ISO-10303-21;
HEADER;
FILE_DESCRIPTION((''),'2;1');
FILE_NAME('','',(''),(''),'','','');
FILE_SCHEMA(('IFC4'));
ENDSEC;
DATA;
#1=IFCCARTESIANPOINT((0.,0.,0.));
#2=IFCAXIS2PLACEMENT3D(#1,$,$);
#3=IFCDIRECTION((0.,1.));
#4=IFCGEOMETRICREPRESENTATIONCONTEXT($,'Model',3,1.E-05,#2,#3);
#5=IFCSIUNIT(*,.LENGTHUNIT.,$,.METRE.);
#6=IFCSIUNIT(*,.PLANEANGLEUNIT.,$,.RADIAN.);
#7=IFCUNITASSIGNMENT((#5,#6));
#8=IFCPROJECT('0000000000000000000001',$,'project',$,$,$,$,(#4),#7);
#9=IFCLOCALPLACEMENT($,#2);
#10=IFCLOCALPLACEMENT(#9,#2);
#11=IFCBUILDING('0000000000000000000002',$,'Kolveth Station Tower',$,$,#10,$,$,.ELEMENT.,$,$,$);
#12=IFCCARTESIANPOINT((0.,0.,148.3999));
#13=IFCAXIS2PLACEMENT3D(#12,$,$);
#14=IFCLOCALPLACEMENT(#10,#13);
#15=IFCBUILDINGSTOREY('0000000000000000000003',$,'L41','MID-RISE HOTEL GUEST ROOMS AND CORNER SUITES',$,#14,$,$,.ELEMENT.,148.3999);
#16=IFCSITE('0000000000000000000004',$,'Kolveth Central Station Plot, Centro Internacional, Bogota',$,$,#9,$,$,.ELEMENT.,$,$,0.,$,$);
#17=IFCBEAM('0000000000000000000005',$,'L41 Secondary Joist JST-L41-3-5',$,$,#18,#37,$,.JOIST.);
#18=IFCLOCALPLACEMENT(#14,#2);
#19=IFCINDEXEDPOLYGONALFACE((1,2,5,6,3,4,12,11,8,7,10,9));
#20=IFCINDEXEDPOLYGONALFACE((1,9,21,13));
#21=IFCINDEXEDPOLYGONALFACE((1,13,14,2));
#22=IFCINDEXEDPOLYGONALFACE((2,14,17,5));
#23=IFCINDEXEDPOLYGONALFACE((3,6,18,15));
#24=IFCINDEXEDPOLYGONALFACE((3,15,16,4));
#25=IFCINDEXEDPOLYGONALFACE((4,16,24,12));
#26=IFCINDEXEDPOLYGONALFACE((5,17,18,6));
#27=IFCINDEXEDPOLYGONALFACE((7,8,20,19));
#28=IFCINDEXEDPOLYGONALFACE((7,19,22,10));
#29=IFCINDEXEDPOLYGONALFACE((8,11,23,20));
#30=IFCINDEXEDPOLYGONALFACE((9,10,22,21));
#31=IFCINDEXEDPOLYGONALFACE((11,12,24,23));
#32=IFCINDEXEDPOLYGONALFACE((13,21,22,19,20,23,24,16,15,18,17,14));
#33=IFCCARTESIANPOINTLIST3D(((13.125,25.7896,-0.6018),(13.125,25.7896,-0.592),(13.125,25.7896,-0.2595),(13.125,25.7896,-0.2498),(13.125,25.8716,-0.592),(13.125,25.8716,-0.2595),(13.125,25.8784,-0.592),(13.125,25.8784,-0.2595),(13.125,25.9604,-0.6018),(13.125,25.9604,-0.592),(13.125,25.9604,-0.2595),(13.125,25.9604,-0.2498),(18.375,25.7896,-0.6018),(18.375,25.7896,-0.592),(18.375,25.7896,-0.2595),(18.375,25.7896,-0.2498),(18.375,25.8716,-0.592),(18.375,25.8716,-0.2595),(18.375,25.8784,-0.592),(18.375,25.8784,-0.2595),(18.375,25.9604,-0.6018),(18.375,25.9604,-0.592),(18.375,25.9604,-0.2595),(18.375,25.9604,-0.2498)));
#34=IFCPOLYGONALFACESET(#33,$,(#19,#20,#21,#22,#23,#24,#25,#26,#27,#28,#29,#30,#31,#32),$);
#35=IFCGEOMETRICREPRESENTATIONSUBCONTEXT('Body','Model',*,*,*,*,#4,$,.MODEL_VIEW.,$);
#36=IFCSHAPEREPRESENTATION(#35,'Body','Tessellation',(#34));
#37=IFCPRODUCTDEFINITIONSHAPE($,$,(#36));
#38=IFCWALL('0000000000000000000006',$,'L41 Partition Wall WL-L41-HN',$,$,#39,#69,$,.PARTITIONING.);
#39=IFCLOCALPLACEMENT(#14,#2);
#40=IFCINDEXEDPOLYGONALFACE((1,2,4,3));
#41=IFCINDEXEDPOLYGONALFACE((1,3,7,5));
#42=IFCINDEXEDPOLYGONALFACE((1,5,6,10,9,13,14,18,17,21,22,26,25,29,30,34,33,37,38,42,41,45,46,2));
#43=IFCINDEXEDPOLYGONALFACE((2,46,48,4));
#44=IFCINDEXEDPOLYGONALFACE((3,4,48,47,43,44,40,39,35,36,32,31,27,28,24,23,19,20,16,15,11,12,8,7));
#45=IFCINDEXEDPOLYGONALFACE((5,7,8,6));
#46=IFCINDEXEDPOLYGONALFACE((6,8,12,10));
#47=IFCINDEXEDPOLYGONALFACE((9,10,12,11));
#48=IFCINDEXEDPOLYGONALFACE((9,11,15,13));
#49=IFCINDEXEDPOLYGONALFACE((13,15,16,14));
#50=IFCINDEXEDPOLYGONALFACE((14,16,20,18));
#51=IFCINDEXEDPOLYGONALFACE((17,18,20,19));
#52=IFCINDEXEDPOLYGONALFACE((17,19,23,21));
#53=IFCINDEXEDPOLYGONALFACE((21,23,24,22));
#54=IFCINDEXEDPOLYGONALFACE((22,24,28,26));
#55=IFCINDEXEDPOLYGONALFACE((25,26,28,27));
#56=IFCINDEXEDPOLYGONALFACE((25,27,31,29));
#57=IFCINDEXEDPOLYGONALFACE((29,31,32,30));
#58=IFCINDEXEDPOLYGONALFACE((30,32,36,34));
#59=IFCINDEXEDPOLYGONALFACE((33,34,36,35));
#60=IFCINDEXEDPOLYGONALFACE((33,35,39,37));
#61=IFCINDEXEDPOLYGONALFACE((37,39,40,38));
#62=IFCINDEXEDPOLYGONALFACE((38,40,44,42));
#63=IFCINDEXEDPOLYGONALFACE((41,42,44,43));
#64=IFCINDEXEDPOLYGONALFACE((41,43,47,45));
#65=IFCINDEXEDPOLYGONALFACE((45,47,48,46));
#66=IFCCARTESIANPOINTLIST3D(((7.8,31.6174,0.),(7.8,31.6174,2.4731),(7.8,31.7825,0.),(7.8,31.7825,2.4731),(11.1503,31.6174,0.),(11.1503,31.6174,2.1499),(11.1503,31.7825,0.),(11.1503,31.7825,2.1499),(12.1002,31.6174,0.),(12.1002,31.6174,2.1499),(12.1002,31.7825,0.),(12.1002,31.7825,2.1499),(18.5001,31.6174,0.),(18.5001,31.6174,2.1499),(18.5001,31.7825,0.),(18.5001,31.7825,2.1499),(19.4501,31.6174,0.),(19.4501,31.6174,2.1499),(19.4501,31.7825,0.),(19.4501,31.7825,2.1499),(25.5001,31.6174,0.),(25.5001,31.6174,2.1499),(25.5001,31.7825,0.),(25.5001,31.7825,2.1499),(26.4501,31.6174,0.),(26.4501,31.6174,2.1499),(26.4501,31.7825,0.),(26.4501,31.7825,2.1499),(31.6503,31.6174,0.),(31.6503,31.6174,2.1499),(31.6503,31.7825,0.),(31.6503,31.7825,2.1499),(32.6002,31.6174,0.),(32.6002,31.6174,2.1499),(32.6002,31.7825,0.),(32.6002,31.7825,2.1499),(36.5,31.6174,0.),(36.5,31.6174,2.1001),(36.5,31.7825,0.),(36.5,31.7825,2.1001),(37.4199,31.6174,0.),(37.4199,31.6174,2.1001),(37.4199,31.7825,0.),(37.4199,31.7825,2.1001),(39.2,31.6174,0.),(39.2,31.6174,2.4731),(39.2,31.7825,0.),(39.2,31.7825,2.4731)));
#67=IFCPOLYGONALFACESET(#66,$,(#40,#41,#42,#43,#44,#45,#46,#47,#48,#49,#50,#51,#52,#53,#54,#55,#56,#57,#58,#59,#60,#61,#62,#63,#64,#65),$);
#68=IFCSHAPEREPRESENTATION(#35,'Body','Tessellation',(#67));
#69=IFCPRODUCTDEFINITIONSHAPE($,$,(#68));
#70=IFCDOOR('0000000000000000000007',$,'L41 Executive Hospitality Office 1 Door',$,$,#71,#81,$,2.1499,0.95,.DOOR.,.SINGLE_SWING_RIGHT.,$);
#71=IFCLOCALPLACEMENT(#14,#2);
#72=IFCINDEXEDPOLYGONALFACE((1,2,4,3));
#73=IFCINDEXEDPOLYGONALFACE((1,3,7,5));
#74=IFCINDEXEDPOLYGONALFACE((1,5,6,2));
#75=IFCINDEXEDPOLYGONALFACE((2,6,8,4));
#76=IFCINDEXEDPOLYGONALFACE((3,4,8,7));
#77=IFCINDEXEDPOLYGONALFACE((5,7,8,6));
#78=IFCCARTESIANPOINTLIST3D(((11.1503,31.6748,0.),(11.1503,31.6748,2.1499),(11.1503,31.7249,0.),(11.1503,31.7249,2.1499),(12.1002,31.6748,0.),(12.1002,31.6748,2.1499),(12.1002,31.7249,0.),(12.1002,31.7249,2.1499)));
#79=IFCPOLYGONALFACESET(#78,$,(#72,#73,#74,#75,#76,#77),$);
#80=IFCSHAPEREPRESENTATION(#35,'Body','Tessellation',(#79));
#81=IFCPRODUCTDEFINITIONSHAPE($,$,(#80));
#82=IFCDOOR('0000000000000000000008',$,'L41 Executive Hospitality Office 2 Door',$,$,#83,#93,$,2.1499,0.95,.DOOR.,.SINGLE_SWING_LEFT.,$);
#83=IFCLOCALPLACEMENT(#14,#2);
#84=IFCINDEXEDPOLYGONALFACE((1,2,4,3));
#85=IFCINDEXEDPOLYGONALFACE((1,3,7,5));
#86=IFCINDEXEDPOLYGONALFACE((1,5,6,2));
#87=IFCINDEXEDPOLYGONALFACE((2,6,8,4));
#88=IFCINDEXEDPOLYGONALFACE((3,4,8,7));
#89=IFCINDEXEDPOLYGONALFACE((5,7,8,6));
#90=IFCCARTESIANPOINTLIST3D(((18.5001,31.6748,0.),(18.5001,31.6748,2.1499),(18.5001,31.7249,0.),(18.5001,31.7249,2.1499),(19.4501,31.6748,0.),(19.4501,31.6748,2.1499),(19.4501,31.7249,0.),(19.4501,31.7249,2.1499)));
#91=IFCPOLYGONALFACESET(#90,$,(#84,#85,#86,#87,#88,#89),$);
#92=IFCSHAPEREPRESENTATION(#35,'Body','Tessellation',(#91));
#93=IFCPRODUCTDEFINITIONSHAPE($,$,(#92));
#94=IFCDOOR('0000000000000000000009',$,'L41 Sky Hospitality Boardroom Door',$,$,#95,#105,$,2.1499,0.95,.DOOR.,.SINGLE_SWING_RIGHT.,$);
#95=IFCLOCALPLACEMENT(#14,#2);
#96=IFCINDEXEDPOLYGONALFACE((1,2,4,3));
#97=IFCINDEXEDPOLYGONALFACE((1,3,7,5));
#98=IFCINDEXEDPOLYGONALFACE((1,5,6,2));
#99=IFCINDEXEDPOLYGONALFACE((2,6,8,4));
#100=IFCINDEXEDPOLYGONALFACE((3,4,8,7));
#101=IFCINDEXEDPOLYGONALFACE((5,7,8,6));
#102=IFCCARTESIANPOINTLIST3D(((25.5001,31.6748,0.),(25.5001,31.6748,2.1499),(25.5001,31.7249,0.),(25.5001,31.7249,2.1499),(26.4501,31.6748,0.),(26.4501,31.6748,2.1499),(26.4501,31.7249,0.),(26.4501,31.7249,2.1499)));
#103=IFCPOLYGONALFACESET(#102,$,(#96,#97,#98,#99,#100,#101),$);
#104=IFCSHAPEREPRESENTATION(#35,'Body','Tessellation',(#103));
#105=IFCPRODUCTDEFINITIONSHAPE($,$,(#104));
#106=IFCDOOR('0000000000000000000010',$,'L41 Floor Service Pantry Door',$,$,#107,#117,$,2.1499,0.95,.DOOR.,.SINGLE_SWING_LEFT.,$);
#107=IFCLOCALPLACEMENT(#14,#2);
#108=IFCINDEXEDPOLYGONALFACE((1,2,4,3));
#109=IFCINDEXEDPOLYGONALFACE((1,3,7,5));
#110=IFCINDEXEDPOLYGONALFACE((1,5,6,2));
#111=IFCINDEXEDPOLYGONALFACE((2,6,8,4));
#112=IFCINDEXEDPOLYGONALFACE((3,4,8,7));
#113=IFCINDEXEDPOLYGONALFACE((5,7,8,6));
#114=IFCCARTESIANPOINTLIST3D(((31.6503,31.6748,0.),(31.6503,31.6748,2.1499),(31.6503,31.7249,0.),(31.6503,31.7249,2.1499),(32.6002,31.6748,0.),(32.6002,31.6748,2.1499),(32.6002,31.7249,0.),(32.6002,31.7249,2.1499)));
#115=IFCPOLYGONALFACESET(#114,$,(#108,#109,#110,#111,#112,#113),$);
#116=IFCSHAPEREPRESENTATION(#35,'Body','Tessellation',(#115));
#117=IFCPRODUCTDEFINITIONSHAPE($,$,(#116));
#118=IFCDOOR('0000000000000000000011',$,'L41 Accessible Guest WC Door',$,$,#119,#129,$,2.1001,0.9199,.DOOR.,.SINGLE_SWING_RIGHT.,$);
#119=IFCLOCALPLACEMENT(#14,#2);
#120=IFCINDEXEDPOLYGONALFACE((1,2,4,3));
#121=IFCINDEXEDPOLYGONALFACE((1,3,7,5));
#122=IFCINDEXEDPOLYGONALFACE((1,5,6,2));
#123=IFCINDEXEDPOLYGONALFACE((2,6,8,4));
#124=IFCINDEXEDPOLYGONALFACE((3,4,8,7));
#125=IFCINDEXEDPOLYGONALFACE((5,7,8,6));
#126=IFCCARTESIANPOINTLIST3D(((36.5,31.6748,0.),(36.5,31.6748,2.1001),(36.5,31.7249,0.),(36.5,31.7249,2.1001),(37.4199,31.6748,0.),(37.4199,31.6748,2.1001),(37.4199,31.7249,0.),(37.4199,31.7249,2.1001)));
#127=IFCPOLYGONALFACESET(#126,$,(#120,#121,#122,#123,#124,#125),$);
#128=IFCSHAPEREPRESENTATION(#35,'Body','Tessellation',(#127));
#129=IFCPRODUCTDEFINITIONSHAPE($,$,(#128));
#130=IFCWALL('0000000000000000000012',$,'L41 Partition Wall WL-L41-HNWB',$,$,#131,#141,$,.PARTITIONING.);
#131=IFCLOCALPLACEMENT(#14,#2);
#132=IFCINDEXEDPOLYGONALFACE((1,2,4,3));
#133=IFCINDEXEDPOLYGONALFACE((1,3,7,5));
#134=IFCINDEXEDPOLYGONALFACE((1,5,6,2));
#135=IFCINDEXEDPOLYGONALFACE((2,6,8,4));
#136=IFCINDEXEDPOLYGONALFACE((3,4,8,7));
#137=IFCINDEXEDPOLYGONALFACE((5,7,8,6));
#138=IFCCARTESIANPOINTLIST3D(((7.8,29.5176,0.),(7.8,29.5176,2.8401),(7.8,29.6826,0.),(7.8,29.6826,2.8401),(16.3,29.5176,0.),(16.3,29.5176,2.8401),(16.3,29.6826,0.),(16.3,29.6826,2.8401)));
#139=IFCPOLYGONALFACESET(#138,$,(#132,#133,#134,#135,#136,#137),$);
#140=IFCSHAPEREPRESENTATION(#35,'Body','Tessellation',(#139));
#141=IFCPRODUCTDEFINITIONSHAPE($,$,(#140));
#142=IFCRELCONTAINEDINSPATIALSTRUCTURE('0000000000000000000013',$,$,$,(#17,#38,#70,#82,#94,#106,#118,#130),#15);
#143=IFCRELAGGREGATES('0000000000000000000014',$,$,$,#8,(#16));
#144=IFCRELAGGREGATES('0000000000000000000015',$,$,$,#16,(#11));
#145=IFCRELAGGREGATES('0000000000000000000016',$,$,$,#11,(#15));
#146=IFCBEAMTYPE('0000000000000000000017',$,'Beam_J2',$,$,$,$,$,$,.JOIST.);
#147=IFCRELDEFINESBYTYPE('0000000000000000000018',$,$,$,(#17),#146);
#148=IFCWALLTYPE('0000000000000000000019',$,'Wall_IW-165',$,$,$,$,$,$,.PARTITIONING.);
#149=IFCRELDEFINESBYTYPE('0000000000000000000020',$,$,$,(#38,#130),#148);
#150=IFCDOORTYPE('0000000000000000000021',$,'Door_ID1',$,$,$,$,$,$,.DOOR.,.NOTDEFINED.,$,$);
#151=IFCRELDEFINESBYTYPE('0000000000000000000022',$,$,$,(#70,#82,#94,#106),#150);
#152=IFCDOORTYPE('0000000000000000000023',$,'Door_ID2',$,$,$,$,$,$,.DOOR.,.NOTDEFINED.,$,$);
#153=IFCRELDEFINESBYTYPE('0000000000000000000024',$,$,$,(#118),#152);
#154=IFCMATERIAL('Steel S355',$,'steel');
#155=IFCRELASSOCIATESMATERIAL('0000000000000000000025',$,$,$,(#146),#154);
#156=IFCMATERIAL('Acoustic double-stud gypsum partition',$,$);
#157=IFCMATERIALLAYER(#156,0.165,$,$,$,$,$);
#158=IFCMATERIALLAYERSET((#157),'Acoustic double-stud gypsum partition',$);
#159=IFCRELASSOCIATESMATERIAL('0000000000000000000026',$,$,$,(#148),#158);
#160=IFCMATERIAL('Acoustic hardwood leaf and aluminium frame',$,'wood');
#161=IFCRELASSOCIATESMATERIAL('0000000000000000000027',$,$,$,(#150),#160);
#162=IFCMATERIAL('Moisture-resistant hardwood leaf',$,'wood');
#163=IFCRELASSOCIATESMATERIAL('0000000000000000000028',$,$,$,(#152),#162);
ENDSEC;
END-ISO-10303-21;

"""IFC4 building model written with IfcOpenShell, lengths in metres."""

from ifc_helpers import new_model, si_unit, direction, frame, frame_2d, origin, origin_2d, place, context, subcontext, project, spatial, rectangle, i_section, extrude, source, transform, mapped, material, layer, layer_set, material_profile, profile_set, type_object, element, fill, save


model = new_model("IFC4")

# Units and contexts
model_context = context("Model", 3, precision=1e-05, world=origin(), true_north=direction((0.0, 1.0)))
body_context = subcontext(model_context, "Body", "Model", "MODEL_VIEW")
ifc_project = project(units=[si_unit("LENGTHUNIT", "METRE"), si_unit("PLANEANGLEUNIT", "RADIAN")], contexts=[model_context])

# Site, building, storey
site_placement = place(None, origin())
site = spatial("IfcSite", under=ifc_project, at=site_placement, Name="Kolveth Central Station Plot, Centro Internacional, Bogota", CompositionType="ELEMENT", RefElevation=0.0)
building_placement = place(site_placement, origin())
building = spatial("IfcBuilding", under=site, at=building_placement, Name="Kolveth Station Tower", CompositionType="ELEMENT")
storey_placement = place(building_placement, frame((0.0, 0.0, 148.3999)))
storey = spatial("IfcBuildingStorey", under=building, at=storey_placement, Name="L41", Description="MID-RISE HOTEL GUEST ROOMS AND CORNER SUITES", CompositionType="ELEMENT", Elevation=148.3999)

# Beam
ifc_material_1 = material(Name="Steel S355", Category="steel")
ifc_material_profile_1 = material_profile(ifc_material_1, i_section(OverallWidth=0.1709, OverallDepth=0.3521, WebThickness=0.0068, FlangeThickness=0.0098, at=origin_2d()), Name="W360x44")
ifc_profile_set_1 = profile_set([ifc_material_profile_1], Name="Steel S355")
beam_type_1 = type_object("IfcBeamType", Name="Beam_J2", PredefinedType="JOIST", material=ifc_profile_set_1)
shared_shape_1 = source(origin(), body_context, "Body", "SweptSolid", [
    extrude(i_section(OverallWidth=0.1709, OverallDepth=0.3521, WebThickness=0.0068, FlangeThickness=0.0098, at=origin_2d()), origin(), (0.0, 0.0, 1.0), 5.25),
])
beam_1_placement = place(storey_placement, frame((13.125, 25.875, -0.4258), z_axis=(1.0, 0.0, 0.0), x_axis=(0.0, 1.0, 0.0)))
element("IfcBeam", 1, at=beam_1_placement, inside=storey, type_object=beam_type_1, Name="L41 Secondary Joist JST-L41-3-5", PredefinedType="JOIST", context=body_context, shape_type="MappedRepresentation", body=[
    mapped(shared_shape_1, transform((0.0, 0.0, 0.0), x_axis=(1.0, 0.0, 0.0), y_axis=(0.0, 1.0, 0.0), z_axis=(0.0, 0.0, 1.0), scale=1.0)),
])

# Wall, openings, doors
ifc_material_2 = material(Name="Acoustic double-stud gypsum partition")
ifc_layer = layer(ifc_material_2, 0.165)
ifc_layer_set = layer_set([ifc_layer], Name="Acoustic double-stud gypsum partition")
wall_type = type_object("IfcWallType", Name="Wall_IW-165", PredefinedType="PARTITIONING", material=ifc_layer_set)
wall_1_placement = place(storey_placement, frame((7.8, 31.7, 0.0), z_axis=(0.0, 0.0, 1.0), x_axis=(1.0, 0.0, 0.0)))
wall_1 = element("IfcWall", 2, at=wall_1_placement, inside=storey, type_object=wall_type, Name="L41 Partition Wall WL-L41-HN", PredefinedType="PARTITIONING", context=body_context, shape_type="SweptSolid", body=[
    extrude(rectangle(XDim=31.3999, YDim=0.165, at=frame_2d((15.7, 0.0))), origin(), (0.0, 0.0, 1.0), 2.4731),
])
opening_1_placement = place(wall_1_placement, frame((3.3501, 0.0, 0.0)))
opening_1 = element("IfcOpeningElement", 3, at=opening_1_placement, cuts=wall_1, PredefinedType="OPENING", context=body_context, shape_type="SweptSolid", body=[
    extrude(rectangle(XDim=0.95, YDim=2.1499, at=frame_2d((0.4751, 1.075))), frame((0.0, 0.0925, 0.0), z_axis=(0.0, -1.0, 0.0), x_axis=(1.0, 0.0, 0.0)), (0.0, 0.0, 1.0), 0.1851),
])
opening_2_placement = place(wall_1_placement, frame((10.7, 0.0, 0.0)))
opening_2 = element("IfcOpeningElement", 4, at=opening_2_placement, cuts=wall_1, PredefinedType="OPENING", context=body_context, shape_type="SweptSolid", body=[
    extrude(rectangle(XDim=0.95, YDim=2.1499, at=frame_2d((0.4751, 1.075))), frame((0.0, 0.0925, 0.0), z_axis=(0.0, -1.0, 0.0), x_axis=(1.0, 0.0, 0.0)), (0.0, 0.0, 1.0), 0.1851),
])
opening_3_placement = place(wall_1_placement, frame((17.7, 0.0, 0.0)))
opening_3 = element("IfcOpeningElement", 5, at=opening_3_placement, cuts=wall_1, PredefinedType="OPENING", context=body_context, shape_type="SweptSolid", body=[
    extrude(rectangle(XDim=0.95, YDim=2.1499, at=frame_2d((0.4751, 1.075))), frame((0.0, 0.0925, 0.0), z_axis=(0.0, -1.0, 0.0), x_axis=(1.0, 0.0, 0.0)), (0.0, 0.0, 1.0), 0.1851),
])
opening_4_placement = place(wall_1_placement, frame((23.8501, 0.0, 0.0)))
opening_4 = element("IfcOpeningElement", 6, at=opening_4_placement, cuts=wall_1, PredefinedType="OPENING", context=body_context, shape_type="SweptSolid", body=[
    extrude(rectangle(XDim=0.95, YDim=2.1499, at=frame_2d((0.4751, 1.075))), frame((0.0, 0.0925, 0.0), z_axis=(0.0, -1.0, 0.0), x_axis=(1.0, 0.0, 0.0)), (0.0, 0.0, 1.0), 0.1851),
])
opening_5_placement = place(wall_1_placement, frame((28.7, 0.0, 0.0)))
opening_5 = element("IfcOpeningElement", 7, at=opening_5_placement, cuts=wall_1, PredefinedType="OPENING", context=body_context, shape_type="SweptSolid", body=[
    extrude(rectangle(XDim=0.9199, YDim=2.1001, at=frame_2d((0.46, 1.05))), frame((0.0, 0.0925, 0.0), z_axis=(0.0, -1.0, 0.0), x_axis=(1.0, 0.0, 0.0)), (0.0, 0.0, 1.0), 0.1851),
])
ifc_material_3 = material(Name="Acoustic hardwood leaf and aluminium frame", Category="wood")
door_type_1 = type_object("IfcDoorType", Name="Door_ID1", OperationType="NOTDEFINED", PredefinedType="DOOR", material=ifc_material_3)
door_1_placement = place(opening_1_placement, origin())
door_1 = element("IfcDoor", 8, at=door_1_placement, inside=storey, type_object=door_type_1, Name="L41 Executive Hospitality Office 1 Door", OperationType="SINGLE_SWING_RIGHT", OverallHeight=2.1499, OverallWidth=0.95, PredefinedType="DOOR", context=body_context, shape_type="SweptSolid", body=[
    extrude(rectangle(XDim=0.95, YDim=2.1499, at=frame_2d((0.4751, 1.075))), frame((0.0, 0.0249, 0.0), z_axis=(0.0, -1.0, 0.0), x_axis=(1.0, 0.0, 0.0)), (0.0, 0.0, 1.0), 0.05),
])
fill(opening_1, door_1)
door_2_placement = place(opening_2_placement, origin())
door_2 = element("IfcDoor", 9, at=door_2_placement, inside=storey, type_object=door_type_1, Name="L41 Executive Hospitality Office 2 Door", OperationType="SINGLE_SWING_LEFT", OverallHeight=2.1499, OverallWidth=0.95, PredefinedType="DOOR", context=body_context, shape_type="SweptSolid", body=[
    extrude(rectangle(XDim=0.95, YDim=2.1499, at=frame_2d((0.4751, 1.075))), frame((0.0, 0.0249, 0.0), z_axis=(0.0, -1.0, 0.0), x_axis=(1.0, 0.0, 0.0)), (0.0, 0.0, 1.0), 0.05),
])
fill(opening_2, door_2)
door_3_placement = place(opening_3_placement, origin())
door_3 = element("IfcDoor", 10, at=door_3_placement, inside=storey, type_object=door_type_1, Name="L41 Sky Hospitality Boardroom Door", OperationType="SINGLE_SWING_RIGHT", OverallHeight=2.1499, OverallWidth=0.95, PredefinedType="DOOR", context=body_context, shape_type="SweptSolid", body=[
    extrude(rectangle(XDim=0.95, YDim=2.1499, at=frame_2d((0.4751, 1.075))), frame((0.0, 0.0249, 0.0), z_axis=(0.0, -1.0, 0.0), x_axis=(1.0, 0.0, 0.0)), (0.0, 0.0, 1.0), 0.05),
])
fill(opening_3, door_3)
door_4_placement = place(opening_4_placement, origin())
door_4 = element("IfcDoor", 11, at=door_4_placement, inside=storey, type_object=door_type_1, Name="L41 Floor Service Pantry Door", OperationType="SINGLE_SWING_LEFT", OverallHeight=2.1499, OverallWidth=0.95, PredefinedType="DOOR", context=body_context, shape_type="SweptSolid", body=[
    extrude(rectangle(XDim=0.95, YDim=2.1499, at=frame_2d((0.4751, 1.075))), frame((0.0, 0.0249, 0.0), z_axis=(0.0, -1.0, 0.0), x_axis=(1.0, 0.0, 0.0)), (0.0, 0.0, 1.0), 0.05),
])
fill(opening_4, door_4)
ifc_material_4 = material(Name="Moisture-resistant hardwood leaf", Category="wood")
door_type_2 = type_object("IfcDoorType", Name="Door_ID2", OperationType="NOTDEFINED", PredefinedType="DOOR", material=ifc_material_4)
door_5_placement = place(opening_5_placement, origin())
door_5 = element("IfcDoor", 12, at=door_5_placement, inside=storey, type_object=door_type_2, Name="L41 Accessible Guest WC Door", OperationType="SINGLE_SWING_RIGHT", OverallHeight=2.1001, OverallWidth=0.9199, PredefinedType="DOOR", context=body_context, shape_type="SweptSolid", body=[
    extrude(rectangle(XDim=0.9199, YDim=2.1001, at=frame_2d((0.46, 1.05))), frame((0.0, 0.0249, 0.0), z_axis=(0.0, -1.0, 0.0), x_axis=(1.0, 0.0, 0.0)), (0.0, 0.0, 1.0), 0.05),
])
fill(opening_5, door_5)

# Wall
wall_2_placement = place(storey_placement, frame((7.8, 29.6001, 0.0), z_axis=(0.0, 0.0, 1.0), x_axis=(1.0, 0.0, 0.0)))
element("IfcWall", 13, at=wall_2_placement, inside=storey, type_object=wall_type, Name="L41 Partition Wall WL-L41-HNWB", PredefinedType="PARTITIONING", context=body_context, shape_type="SweptSolid", body=[
    extrude(rectangle(XDim=8.5, YDim=0.165, at=frame_2d((4.25, 0.0))), origin(), (0.0, 0.0, 1.0), 2.8401),
])

save(model, "model.ifc")
